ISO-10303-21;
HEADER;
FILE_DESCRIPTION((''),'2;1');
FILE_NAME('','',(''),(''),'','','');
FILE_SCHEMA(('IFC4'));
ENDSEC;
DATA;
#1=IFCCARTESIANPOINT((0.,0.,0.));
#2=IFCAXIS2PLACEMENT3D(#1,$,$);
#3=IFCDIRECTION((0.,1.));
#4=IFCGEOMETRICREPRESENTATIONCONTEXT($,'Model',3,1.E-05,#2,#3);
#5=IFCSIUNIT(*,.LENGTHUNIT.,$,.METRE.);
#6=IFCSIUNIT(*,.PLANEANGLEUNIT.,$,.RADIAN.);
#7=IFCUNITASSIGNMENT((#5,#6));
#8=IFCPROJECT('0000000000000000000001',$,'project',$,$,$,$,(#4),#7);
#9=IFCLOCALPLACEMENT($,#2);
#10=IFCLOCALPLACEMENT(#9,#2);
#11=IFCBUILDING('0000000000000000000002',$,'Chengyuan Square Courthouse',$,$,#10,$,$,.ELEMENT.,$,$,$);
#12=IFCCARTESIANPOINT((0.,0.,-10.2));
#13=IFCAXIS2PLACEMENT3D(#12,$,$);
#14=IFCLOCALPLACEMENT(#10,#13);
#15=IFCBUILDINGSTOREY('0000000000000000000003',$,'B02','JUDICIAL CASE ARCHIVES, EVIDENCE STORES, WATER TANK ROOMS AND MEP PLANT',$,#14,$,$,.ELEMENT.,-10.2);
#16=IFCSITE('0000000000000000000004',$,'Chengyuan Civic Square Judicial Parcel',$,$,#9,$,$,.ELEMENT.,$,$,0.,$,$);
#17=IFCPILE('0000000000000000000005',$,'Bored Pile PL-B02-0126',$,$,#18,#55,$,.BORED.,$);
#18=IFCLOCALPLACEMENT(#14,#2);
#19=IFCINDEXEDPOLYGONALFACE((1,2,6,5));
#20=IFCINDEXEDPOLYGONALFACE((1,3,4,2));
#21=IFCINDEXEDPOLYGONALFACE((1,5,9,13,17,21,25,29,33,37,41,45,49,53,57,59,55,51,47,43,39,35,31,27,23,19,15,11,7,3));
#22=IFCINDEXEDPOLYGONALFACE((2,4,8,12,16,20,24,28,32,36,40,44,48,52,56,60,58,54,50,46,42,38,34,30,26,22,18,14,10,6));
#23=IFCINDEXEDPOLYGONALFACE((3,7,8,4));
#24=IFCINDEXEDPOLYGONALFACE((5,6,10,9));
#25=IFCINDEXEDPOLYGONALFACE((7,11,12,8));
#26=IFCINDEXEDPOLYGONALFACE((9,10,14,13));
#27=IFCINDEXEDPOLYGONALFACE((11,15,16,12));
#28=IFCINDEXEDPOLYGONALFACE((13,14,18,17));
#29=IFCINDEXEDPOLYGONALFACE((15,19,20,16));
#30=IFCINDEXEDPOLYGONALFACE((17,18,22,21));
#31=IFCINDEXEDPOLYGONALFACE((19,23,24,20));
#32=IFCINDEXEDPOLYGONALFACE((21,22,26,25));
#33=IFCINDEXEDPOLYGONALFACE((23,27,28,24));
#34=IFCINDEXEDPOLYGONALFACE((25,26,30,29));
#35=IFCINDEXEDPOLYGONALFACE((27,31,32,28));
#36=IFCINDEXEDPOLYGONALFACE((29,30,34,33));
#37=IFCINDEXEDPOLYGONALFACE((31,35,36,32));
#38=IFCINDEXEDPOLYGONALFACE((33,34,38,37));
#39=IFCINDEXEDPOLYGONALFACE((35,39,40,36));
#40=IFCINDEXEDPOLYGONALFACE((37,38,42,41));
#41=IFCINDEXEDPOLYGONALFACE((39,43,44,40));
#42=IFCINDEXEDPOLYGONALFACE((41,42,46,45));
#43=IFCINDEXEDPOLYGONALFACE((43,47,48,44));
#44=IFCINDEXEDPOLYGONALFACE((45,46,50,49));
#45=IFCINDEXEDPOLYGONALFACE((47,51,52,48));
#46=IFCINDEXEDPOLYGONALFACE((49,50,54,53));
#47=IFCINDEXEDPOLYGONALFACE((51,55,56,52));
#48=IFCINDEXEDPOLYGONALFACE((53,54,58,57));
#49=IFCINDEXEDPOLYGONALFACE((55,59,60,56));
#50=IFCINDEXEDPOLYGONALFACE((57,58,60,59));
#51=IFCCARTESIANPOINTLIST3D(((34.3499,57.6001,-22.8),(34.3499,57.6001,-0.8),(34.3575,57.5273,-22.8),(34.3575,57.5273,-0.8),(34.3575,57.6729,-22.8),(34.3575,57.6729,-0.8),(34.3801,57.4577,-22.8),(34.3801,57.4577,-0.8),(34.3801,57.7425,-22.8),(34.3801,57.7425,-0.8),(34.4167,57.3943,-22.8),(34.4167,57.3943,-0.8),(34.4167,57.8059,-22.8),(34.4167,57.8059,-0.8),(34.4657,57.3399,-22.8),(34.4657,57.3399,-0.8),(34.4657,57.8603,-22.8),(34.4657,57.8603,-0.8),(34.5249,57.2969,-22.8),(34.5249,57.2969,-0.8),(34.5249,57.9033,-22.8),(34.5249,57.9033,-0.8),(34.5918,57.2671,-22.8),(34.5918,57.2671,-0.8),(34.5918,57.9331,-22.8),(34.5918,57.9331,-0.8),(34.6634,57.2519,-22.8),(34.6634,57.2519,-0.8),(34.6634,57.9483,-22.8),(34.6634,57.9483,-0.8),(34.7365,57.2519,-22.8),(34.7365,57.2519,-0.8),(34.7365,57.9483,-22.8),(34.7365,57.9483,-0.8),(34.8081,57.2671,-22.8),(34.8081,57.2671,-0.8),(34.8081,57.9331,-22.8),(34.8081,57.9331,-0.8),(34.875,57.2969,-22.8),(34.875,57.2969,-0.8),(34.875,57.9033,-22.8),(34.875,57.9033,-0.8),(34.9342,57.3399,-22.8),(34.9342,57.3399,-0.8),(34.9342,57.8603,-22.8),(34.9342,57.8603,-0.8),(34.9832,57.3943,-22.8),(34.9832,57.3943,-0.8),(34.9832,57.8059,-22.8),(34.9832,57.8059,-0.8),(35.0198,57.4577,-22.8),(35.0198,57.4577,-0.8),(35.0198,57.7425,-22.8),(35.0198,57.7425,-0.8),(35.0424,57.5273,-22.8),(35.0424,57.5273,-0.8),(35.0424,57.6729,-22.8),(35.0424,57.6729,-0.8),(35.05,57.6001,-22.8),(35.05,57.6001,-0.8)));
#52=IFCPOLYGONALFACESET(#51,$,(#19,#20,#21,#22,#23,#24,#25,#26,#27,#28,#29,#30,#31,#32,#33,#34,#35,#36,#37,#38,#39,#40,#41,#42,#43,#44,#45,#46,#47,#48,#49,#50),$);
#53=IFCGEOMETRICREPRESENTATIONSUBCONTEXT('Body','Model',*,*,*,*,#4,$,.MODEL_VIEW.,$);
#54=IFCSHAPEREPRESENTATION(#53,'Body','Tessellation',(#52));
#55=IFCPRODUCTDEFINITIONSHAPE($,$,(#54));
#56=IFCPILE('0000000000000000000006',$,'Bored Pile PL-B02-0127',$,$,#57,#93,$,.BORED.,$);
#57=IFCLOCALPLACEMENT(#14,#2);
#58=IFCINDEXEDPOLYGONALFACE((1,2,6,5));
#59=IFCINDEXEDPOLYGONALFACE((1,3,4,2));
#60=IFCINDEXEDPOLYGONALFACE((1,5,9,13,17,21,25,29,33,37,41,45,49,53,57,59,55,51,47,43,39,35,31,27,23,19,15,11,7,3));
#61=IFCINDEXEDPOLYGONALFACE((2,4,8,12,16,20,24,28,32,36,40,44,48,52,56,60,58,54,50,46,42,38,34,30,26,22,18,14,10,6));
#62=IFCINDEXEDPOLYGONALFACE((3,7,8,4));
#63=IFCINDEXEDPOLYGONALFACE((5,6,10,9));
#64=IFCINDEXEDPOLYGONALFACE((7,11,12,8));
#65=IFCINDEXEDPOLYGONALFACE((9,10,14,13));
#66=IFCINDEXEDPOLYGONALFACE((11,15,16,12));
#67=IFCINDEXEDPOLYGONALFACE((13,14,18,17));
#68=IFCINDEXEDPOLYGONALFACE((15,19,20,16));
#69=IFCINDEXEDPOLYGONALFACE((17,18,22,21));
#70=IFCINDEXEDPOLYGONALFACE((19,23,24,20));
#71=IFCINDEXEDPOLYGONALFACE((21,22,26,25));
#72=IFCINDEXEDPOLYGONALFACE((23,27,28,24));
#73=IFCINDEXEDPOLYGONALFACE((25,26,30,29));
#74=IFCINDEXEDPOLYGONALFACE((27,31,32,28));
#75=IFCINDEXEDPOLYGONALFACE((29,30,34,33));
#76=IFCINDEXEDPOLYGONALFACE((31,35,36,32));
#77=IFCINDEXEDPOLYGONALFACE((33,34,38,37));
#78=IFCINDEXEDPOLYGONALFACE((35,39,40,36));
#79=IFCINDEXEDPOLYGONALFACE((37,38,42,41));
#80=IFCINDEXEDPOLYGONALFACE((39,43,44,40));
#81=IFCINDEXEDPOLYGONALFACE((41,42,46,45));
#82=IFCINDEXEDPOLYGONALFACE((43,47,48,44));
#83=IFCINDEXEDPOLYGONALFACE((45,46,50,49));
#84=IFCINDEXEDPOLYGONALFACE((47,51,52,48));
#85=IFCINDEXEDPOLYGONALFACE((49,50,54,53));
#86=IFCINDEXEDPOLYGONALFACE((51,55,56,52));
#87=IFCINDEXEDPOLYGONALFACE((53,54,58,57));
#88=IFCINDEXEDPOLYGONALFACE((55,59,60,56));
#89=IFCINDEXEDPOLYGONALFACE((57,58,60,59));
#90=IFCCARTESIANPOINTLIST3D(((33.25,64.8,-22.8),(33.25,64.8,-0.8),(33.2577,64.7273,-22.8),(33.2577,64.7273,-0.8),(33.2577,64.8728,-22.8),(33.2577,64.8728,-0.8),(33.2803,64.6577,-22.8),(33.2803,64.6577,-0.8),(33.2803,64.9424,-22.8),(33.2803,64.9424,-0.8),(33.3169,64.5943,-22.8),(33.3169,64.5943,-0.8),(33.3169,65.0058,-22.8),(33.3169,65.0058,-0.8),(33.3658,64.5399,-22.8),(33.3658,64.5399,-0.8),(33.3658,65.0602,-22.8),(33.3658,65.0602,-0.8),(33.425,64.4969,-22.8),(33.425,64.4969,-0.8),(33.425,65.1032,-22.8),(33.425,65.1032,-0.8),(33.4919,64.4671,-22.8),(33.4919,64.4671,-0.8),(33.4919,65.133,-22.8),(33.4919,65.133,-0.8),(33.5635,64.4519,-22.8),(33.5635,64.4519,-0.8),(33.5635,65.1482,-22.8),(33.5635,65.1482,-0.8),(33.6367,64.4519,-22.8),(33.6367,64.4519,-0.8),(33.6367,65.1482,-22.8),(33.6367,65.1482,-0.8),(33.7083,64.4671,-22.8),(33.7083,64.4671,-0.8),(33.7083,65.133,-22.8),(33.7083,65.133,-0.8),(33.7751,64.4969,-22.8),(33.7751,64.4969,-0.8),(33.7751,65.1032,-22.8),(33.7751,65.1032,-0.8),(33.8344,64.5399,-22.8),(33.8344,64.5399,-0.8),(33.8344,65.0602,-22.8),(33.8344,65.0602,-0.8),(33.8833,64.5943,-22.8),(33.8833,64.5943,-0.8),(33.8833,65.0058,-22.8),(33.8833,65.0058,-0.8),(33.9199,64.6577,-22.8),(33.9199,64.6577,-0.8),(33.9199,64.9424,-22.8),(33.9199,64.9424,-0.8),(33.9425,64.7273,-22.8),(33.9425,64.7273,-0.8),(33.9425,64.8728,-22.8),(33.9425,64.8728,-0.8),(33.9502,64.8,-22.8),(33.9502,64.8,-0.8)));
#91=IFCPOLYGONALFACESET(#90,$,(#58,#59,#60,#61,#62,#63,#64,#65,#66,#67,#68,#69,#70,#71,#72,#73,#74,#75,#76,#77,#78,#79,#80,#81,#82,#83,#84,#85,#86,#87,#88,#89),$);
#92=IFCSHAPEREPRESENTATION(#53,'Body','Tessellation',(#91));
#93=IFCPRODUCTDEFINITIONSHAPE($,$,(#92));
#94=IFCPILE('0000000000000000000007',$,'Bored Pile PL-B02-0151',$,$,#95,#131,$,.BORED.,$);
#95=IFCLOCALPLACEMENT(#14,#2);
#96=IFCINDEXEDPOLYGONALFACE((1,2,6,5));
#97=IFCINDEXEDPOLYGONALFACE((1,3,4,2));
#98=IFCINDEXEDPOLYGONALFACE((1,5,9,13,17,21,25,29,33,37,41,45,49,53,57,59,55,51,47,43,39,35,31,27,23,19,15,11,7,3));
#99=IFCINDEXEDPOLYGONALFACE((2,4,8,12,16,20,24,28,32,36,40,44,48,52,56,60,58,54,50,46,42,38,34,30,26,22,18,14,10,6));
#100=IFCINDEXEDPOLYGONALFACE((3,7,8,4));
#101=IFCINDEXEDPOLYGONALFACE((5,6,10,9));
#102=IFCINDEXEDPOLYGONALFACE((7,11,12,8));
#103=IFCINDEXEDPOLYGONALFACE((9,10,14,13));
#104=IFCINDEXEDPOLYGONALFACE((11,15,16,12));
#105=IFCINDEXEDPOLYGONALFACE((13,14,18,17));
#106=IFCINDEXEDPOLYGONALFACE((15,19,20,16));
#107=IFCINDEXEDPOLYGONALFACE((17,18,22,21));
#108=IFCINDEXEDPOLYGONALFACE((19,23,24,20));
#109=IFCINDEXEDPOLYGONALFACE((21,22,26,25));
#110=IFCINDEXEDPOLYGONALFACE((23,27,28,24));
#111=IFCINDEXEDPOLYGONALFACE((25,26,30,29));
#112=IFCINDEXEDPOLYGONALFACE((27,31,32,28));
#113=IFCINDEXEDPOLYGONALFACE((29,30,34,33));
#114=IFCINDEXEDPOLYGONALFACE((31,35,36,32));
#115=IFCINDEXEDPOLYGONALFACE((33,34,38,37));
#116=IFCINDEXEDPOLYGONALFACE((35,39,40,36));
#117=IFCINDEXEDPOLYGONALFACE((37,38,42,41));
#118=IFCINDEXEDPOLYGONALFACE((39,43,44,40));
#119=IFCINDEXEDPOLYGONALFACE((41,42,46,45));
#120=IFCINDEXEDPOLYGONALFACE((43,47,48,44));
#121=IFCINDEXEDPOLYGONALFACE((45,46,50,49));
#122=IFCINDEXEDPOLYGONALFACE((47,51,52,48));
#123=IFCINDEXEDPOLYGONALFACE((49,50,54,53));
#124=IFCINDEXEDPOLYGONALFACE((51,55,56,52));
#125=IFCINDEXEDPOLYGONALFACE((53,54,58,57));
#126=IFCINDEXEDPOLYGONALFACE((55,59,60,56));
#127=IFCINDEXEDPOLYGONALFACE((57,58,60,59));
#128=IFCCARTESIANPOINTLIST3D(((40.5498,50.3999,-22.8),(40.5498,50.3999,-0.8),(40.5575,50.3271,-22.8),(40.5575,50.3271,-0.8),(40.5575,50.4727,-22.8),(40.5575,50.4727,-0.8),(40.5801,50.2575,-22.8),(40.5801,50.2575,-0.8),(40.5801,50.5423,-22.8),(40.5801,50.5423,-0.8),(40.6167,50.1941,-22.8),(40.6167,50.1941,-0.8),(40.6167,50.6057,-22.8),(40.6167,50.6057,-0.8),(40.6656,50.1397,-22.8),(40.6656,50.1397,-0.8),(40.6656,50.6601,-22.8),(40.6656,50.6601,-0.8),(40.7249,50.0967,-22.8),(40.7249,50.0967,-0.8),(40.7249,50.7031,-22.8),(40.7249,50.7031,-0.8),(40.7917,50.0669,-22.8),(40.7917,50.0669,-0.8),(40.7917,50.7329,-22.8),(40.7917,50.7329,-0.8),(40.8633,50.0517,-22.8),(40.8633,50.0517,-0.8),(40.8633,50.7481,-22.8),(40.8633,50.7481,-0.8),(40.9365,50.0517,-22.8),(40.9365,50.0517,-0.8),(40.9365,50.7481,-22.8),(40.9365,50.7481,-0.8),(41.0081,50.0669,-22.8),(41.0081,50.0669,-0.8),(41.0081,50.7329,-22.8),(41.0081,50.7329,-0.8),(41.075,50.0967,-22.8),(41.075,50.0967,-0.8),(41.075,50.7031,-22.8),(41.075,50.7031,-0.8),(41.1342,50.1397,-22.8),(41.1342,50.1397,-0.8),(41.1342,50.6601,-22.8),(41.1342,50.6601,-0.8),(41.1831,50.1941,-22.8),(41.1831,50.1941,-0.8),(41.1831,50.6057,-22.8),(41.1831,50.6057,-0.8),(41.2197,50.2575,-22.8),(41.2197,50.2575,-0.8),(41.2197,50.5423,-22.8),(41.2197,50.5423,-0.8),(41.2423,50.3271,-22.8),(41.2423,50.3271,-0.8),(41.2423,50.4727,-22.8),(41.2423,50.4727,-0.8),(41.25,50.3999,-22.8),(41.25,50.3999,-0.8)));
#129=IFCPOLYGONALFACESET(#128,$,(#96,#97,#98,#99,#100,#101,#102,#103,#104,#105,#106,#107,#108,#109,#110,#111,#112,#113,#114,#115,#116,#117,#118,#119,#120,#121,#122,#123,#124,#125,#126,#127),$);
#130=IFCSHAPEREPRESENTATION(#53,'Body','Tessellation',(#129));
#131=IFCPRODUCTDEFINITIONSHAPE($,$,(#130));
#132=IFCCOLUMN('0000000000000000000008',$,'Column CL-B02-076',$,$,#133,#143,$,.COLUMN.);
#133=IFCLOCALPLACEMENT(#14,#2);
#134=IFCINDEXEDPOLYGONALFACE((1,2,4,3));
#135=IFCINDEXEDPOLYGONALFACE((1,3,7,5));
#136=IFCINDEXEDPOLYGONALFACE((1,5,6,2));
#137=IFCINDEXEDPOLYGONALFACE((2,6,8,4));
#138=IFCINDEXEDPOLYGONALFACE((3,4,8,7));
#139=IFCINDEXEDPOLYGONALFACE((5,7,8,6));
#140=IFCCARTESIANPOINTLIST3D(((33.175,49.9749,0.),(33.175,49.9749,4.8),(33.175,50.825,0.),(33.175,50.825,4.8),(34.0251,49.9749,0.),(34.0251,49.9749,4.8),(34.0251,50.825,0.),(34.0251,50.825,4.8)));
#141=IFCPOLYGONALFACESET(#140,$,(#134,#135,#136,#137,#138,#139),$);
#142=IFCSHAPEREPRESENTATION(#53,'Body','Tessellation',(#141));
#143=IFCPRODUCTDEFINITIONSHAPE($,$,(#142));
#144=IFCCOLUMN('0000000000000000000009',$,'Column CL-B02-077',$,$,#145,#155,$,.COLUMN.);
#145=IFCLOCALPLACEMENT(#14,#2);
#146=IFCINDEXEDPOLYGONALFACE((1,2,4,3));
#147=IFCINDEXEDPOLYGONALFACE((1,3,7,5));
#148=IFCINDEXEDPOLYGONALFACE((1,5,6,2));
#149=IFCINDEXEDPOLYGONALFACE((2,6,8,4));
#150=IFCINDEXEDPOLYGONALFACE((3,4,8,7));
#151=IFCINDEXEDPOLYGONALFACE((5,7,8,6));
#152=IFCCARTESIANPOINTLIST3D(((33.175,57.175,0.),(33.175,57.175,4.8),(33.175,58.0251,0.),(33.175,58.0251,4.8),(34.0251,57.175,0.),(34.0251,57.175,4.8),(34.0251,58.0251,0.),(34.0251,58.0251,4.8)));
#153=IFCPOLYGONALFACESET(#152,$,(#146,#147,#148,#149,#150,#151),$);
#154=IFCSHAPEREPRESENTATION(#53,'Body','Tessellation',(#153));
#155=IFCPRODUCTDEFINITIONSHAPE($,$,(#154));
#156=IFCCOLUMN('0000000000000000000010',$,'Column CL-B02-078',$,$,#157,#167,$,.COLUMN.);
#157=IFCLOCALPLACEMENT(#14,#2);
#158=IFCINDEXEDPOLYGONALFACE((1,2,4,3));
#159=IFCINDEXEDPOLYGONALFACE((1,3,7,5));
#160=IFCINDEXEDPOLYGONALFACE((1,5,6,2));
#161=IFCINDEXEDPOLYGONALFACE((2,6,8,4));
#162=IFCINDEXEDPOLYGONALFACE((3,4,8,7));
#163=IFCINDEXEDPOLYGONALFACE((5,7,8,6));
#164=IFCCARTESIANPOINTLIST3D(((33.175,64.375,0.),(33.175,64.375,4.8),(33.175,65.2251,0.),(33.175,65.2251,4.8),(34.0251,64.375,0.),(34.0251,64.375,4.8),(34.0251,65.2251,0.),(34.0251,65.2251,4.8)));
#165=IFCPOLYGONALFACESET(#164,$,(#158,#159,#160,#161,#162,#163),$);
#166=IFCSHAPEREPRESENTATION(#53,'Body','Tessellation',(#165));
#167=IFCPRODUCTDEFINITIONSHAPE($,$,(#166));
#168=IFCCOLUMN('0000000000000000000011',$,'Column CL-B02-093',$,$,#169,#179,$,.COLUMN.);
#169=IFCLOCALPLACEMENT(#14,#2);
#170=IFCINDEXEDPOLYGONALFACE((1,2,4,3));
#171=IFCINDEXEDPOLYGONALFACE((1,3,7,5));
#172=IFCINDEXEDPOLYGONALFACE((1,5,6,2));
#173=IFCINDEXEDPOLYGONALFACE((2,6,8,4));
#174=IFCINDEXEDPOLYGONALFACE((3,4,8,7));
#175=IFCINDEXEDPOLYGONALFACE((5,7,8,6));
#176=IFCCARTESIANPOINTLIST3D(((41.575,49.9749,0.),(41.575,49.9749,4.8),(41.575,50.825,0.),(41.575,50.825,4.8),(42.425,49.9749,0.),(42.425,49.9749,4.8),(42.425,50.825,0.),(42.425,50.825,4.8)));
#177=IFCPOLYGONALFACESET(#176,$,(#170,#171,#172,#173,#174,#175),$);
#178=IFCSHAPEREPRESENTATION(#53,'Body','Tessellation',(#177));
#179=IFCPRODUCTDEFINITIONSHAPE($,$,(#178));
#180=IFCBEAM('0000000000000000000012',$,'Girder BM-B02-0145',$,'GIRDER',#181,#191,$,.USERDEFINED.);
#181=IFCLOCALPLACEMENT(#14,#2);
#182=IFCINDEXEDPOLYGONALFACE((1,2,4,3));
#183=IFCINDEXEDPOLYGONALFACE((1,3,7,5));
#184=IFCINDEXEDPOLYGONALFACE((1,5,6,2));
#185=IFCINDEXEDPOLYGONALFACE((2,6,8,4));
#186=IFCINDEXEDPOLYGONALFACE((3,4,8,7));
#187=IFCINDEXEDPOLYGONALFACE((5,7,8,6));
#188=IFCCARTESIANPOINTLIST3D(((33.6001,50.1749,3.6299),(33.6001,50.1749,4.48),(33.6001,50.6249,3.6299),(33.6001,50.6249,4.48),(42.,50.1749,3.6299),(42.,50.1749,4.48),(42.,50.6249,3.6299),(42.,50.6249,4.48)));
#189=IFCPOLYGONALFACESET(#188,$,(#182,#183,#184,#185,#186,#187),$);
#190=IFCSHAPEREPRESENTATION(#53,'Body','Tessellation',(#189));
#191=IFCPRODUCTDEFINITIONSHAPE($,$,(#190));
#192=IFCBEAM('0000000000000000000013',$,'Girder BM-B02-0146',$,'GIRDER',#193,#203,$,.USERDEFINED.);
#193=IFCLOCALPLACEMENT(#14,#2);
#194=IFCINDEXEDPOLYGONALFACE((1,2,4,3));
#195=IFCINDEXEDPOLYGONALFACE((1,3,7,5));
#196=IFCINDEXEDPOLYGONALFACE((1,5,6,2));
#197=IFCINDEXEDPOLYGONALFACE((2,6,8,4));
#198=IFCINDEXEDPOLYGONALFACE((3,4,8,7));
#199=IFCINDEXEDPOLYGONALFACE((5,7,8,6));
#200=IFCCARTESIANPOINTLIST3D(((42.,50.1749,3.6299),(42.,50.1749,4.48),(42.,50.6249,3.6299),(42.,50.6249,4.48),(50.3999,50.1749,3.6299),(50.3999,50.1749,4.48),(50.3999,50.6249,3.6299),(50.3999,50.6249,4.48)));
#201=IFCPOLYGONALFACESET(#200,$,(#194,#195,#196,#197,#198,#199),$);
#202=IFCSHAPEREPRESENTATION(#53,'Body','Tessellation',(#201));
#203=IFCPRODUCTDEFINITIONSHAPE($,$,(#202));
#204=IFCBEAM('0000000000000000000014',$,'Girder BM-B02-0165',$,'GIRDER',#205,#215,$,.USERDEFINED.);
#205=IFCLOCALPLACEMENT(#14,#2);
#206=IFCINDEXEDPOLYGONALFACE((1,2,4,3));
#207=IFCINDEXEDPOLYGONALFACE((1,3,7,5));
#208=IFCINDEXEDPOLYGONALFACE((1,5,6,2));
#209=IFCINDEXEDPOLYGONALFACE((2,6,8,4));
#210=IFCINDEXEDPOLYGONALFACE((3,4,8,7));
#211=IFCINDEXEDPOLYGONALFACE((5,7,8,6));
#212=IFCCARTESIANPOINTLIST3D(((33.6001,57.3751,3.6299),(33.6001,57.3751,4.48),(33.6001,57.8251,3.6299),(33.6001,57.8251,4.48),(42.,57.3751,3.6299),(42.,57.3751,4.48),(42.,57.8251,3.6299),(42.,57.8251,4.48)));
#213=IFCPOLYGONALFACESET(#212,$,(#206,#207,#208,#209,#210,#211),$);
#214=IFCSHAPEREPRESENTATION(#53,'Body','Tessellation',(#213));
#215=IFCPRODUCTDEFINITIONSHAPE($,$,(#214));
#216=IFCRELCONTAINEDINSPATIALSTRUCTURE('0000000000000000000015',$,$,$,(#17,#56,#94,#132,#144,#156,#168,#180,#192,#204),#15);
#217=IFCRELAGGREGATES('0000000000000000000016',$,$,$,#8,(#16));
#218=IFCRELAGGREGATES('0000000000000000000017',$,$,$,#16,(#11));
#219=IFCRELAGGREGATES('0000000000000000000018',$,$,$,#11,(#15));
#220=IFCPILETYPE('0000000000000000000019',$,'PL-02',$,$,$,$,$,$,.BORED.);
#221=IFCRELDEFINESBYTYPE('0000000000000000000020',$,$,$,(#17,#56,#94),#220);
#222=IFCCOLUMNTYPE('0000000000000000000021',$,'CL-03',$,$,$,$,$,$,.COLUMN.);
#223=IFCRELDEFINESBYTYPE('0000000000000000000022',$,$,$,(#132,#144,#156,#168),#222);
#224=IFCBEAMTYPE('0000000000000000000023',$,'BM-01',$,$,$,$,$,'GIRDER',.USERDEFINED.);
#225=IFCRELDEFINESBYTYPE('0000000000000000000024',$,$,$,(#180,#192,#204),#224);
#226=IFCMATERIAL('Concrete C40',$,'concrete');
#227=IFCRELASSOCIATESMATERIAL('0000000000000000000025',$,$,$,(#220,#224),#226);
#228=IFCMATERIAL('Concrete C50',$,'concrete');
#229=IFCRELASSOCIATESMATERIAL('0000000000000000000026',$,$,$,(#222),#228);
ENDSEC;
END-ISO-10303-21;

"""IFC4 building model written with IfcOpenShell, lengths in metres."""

from ifc_helpers import new_model, si_unit, direction, frame, origin, origin_2d, place, context, subcontext, project, spatial, rectangle, circle, extrude, material, material_profile, profile_set, type_object, element, save


model = new_model("IFC4")

# Units and contexts
model_context = context("Model", 3, precision=1e-05, world=origin(), true_north=direction((0.0, 1.0)))
body_context = subcontext(model_context, "Body", "Model", "MODEL_VIEW")
ifc_project = project(units=[si_unit("LENGTHUNIT", "METRE"), si_unit("PLANEANGLEUNIT", "RADIAN")], contexts=[model_context])

# Site, building, storey
site_placement = place(None, origin())
site = spatial("IfcSite", under=ifc_project, at=site_placement, Name="Chengyuan Civic Square Judicial Parcel", CompositionType="ELEMENT", RefElevation=0.0)
building_placement = place(site_placement, origin())
building = spatial("IfcBuilding", under=site, at=building_placement, Name="Chengyuan Square Courthouse", CompositionType="ELEMENT")
storey_placement = place(building_placement, frame((0.0, 0.0, -10.2)))
storey = spatial("IfcBuildingStorey", under=building, at=storey_placement, Name="B02", Description="JUDICIAL CASE ARCHIVES, EVIDENCE STORES, WATER TANK ROOMS AND MEP PLANT", CompositionType="ELEMENT", Elevation=-10.2)

# Shared definitions
ifc_material_1 = material(Name="Concrete C40", Category="concrete")

# Piles
ifc_material_profile_1 = material_profile(ifc_material_1, circle(Radius=0.3501, at=origin_2d()), Name="BORED PILE D700")
ifc_profile_set_1 = profile_set([ifc_material_profile_1], Name="Concrete C40")
pile_type_1 = type_object("IfcPileType", Name="PL-02", PredefinedType="BORED", material=ifc_profile_set_1)
for number, where, z_axis, x_axis, name in (
    (1, (34.7, 57.6001, -0.8), (0.0, 0.0, -1.0), (1.0, 0.0, 0.0), "Bored Pile PL-B02-0126"),
    (2, (33.6001, 64.8, -0.8), (0.0, 0.0, -1.0), (1.0, 0.0, 0.0), "Bored Pile PL-B02-0127"),
    (3, (40.8999, 50.3999, -0.8), (0.0, 0.0, -1.0), (1.0, 0.0, 0.0), "Bored Pile PL-B02-0151"),
):
    element("IfcPile", number, at=place(storey_placement, frame(where, z_axis=z_axis, x_axis=x_axis)), inside=storey, type_object=pile_type_1, Name=name, PredefinedType="BORED", context=body_context, shape_type="SweptSolid", body=[
        extrude(circle(Radius=0.3501, at=origin_2d()), origin(), (0.0, 0.0, 1.0), 22.0),
    ])

# Columns
ifc_material_2 = material(Name="Concrete C50", Category="concrete")
ifc_material_profile_2 = material_profile(ifc_material_2, rectangle(XDim=0.8501, YDim=0.8501, at=origin_2d()), Name="RC-COL-850x850")
ifc_profile_set_2 = profile_set([ifc_material_profile_2], Name="Concrete C50")
column_type = type_object("IfcColumnType", Name="CL-03", PredefinedType="COLUMN", material=ifc_profile_set_2)
for number, where, z_axis, x_axis, name in (
    (4, (33.6001, 50.3999, 0.0), (0.0, 0.0, 1.0), (1.0, 0.0, 0.0), "Column CL-B02-076"),
    (5, (33.6001, 57.6001, 0.0), (0.0, 0.0, 1.0), (1.0, 0.0, 0.0), "Column CL-B02-077"),
    (6, (33.6001, 64.8, 0.0), (0.0, 0.0, 1.0), (1.0, 0.0, 0.0), "Column CL-B02-078"),
    (7, (42.0, 50.3999, 0.0), (0.0, 0.0, 1.0), (1.0, 0.0, 0.0), "Column CL-B02-093"),
):
    element("IfcColumn", number, at=place(storey_placement, frame(where, z_axis=z_axis, x_axis=x_axis)), inside=storey, type_object=column_type, Name=name, PredefinedType="COLUMN", context=body_context, shape_type="SweptSolid", body=[
        extrude(rectangle(XDim=0.8501, YDim=0.8501, at=origin_2d()), origin(), (0.0, 0.0, 1.0), 4.8),
    ])

# Beams
ifc_material_profile_3 = material_profile(ifc_material_1, rectangle(XDim=0.45, YDim=0.8501, at=origin_2d()), Name="RC-BM-450x850")
ifc_profile_set_3 = profile_set([ifc_material_profile_3], Name="Concrete C40")
beam_type_1 = type_object("IfcBeamType", Name="BM-01", ElementType="GIRDER", PredefinedType="USERDEFINED", material=ifc_profile_set_3)
for number, where, z_axis, x_axis, name in (
    (8, (33.6001, 50.3999, 4.0549), (1.0, 0.0, 0.0), (0.0, 1.0, 0.0), "Girder BM-B02-0145"),
    (9, (42.0, 50.3999, 4.0549), (1.0, 0.0, 0.0), (0.0, 1.0, 0.0), "Girder BM-B02-0146"),
    (10, (33.6001, 57.6001, 4.0549), (1.0, 0.0, 0.0), (0.0, 1.0, 0.0), "Girder BM-B02-0165"),
):
    element("IfcBeam", number, at=place(storey_placement, frame(where, z_axis=z_axis, x_axis=x_axis)), inside=storey, type_object=beam_type_1, Name=name, ObjectType="GIRDER", PredefinedType="USERDEFINED", context=body_context, shape_type="SweptSolid", body=[
        extrude(rectangle(XDim=0.45, YDim=0.8501, at=origin_2d()), origin(), (0.0, 0.0, 1.0), 8.3999),
    ])

save(model, "model.ifc")
